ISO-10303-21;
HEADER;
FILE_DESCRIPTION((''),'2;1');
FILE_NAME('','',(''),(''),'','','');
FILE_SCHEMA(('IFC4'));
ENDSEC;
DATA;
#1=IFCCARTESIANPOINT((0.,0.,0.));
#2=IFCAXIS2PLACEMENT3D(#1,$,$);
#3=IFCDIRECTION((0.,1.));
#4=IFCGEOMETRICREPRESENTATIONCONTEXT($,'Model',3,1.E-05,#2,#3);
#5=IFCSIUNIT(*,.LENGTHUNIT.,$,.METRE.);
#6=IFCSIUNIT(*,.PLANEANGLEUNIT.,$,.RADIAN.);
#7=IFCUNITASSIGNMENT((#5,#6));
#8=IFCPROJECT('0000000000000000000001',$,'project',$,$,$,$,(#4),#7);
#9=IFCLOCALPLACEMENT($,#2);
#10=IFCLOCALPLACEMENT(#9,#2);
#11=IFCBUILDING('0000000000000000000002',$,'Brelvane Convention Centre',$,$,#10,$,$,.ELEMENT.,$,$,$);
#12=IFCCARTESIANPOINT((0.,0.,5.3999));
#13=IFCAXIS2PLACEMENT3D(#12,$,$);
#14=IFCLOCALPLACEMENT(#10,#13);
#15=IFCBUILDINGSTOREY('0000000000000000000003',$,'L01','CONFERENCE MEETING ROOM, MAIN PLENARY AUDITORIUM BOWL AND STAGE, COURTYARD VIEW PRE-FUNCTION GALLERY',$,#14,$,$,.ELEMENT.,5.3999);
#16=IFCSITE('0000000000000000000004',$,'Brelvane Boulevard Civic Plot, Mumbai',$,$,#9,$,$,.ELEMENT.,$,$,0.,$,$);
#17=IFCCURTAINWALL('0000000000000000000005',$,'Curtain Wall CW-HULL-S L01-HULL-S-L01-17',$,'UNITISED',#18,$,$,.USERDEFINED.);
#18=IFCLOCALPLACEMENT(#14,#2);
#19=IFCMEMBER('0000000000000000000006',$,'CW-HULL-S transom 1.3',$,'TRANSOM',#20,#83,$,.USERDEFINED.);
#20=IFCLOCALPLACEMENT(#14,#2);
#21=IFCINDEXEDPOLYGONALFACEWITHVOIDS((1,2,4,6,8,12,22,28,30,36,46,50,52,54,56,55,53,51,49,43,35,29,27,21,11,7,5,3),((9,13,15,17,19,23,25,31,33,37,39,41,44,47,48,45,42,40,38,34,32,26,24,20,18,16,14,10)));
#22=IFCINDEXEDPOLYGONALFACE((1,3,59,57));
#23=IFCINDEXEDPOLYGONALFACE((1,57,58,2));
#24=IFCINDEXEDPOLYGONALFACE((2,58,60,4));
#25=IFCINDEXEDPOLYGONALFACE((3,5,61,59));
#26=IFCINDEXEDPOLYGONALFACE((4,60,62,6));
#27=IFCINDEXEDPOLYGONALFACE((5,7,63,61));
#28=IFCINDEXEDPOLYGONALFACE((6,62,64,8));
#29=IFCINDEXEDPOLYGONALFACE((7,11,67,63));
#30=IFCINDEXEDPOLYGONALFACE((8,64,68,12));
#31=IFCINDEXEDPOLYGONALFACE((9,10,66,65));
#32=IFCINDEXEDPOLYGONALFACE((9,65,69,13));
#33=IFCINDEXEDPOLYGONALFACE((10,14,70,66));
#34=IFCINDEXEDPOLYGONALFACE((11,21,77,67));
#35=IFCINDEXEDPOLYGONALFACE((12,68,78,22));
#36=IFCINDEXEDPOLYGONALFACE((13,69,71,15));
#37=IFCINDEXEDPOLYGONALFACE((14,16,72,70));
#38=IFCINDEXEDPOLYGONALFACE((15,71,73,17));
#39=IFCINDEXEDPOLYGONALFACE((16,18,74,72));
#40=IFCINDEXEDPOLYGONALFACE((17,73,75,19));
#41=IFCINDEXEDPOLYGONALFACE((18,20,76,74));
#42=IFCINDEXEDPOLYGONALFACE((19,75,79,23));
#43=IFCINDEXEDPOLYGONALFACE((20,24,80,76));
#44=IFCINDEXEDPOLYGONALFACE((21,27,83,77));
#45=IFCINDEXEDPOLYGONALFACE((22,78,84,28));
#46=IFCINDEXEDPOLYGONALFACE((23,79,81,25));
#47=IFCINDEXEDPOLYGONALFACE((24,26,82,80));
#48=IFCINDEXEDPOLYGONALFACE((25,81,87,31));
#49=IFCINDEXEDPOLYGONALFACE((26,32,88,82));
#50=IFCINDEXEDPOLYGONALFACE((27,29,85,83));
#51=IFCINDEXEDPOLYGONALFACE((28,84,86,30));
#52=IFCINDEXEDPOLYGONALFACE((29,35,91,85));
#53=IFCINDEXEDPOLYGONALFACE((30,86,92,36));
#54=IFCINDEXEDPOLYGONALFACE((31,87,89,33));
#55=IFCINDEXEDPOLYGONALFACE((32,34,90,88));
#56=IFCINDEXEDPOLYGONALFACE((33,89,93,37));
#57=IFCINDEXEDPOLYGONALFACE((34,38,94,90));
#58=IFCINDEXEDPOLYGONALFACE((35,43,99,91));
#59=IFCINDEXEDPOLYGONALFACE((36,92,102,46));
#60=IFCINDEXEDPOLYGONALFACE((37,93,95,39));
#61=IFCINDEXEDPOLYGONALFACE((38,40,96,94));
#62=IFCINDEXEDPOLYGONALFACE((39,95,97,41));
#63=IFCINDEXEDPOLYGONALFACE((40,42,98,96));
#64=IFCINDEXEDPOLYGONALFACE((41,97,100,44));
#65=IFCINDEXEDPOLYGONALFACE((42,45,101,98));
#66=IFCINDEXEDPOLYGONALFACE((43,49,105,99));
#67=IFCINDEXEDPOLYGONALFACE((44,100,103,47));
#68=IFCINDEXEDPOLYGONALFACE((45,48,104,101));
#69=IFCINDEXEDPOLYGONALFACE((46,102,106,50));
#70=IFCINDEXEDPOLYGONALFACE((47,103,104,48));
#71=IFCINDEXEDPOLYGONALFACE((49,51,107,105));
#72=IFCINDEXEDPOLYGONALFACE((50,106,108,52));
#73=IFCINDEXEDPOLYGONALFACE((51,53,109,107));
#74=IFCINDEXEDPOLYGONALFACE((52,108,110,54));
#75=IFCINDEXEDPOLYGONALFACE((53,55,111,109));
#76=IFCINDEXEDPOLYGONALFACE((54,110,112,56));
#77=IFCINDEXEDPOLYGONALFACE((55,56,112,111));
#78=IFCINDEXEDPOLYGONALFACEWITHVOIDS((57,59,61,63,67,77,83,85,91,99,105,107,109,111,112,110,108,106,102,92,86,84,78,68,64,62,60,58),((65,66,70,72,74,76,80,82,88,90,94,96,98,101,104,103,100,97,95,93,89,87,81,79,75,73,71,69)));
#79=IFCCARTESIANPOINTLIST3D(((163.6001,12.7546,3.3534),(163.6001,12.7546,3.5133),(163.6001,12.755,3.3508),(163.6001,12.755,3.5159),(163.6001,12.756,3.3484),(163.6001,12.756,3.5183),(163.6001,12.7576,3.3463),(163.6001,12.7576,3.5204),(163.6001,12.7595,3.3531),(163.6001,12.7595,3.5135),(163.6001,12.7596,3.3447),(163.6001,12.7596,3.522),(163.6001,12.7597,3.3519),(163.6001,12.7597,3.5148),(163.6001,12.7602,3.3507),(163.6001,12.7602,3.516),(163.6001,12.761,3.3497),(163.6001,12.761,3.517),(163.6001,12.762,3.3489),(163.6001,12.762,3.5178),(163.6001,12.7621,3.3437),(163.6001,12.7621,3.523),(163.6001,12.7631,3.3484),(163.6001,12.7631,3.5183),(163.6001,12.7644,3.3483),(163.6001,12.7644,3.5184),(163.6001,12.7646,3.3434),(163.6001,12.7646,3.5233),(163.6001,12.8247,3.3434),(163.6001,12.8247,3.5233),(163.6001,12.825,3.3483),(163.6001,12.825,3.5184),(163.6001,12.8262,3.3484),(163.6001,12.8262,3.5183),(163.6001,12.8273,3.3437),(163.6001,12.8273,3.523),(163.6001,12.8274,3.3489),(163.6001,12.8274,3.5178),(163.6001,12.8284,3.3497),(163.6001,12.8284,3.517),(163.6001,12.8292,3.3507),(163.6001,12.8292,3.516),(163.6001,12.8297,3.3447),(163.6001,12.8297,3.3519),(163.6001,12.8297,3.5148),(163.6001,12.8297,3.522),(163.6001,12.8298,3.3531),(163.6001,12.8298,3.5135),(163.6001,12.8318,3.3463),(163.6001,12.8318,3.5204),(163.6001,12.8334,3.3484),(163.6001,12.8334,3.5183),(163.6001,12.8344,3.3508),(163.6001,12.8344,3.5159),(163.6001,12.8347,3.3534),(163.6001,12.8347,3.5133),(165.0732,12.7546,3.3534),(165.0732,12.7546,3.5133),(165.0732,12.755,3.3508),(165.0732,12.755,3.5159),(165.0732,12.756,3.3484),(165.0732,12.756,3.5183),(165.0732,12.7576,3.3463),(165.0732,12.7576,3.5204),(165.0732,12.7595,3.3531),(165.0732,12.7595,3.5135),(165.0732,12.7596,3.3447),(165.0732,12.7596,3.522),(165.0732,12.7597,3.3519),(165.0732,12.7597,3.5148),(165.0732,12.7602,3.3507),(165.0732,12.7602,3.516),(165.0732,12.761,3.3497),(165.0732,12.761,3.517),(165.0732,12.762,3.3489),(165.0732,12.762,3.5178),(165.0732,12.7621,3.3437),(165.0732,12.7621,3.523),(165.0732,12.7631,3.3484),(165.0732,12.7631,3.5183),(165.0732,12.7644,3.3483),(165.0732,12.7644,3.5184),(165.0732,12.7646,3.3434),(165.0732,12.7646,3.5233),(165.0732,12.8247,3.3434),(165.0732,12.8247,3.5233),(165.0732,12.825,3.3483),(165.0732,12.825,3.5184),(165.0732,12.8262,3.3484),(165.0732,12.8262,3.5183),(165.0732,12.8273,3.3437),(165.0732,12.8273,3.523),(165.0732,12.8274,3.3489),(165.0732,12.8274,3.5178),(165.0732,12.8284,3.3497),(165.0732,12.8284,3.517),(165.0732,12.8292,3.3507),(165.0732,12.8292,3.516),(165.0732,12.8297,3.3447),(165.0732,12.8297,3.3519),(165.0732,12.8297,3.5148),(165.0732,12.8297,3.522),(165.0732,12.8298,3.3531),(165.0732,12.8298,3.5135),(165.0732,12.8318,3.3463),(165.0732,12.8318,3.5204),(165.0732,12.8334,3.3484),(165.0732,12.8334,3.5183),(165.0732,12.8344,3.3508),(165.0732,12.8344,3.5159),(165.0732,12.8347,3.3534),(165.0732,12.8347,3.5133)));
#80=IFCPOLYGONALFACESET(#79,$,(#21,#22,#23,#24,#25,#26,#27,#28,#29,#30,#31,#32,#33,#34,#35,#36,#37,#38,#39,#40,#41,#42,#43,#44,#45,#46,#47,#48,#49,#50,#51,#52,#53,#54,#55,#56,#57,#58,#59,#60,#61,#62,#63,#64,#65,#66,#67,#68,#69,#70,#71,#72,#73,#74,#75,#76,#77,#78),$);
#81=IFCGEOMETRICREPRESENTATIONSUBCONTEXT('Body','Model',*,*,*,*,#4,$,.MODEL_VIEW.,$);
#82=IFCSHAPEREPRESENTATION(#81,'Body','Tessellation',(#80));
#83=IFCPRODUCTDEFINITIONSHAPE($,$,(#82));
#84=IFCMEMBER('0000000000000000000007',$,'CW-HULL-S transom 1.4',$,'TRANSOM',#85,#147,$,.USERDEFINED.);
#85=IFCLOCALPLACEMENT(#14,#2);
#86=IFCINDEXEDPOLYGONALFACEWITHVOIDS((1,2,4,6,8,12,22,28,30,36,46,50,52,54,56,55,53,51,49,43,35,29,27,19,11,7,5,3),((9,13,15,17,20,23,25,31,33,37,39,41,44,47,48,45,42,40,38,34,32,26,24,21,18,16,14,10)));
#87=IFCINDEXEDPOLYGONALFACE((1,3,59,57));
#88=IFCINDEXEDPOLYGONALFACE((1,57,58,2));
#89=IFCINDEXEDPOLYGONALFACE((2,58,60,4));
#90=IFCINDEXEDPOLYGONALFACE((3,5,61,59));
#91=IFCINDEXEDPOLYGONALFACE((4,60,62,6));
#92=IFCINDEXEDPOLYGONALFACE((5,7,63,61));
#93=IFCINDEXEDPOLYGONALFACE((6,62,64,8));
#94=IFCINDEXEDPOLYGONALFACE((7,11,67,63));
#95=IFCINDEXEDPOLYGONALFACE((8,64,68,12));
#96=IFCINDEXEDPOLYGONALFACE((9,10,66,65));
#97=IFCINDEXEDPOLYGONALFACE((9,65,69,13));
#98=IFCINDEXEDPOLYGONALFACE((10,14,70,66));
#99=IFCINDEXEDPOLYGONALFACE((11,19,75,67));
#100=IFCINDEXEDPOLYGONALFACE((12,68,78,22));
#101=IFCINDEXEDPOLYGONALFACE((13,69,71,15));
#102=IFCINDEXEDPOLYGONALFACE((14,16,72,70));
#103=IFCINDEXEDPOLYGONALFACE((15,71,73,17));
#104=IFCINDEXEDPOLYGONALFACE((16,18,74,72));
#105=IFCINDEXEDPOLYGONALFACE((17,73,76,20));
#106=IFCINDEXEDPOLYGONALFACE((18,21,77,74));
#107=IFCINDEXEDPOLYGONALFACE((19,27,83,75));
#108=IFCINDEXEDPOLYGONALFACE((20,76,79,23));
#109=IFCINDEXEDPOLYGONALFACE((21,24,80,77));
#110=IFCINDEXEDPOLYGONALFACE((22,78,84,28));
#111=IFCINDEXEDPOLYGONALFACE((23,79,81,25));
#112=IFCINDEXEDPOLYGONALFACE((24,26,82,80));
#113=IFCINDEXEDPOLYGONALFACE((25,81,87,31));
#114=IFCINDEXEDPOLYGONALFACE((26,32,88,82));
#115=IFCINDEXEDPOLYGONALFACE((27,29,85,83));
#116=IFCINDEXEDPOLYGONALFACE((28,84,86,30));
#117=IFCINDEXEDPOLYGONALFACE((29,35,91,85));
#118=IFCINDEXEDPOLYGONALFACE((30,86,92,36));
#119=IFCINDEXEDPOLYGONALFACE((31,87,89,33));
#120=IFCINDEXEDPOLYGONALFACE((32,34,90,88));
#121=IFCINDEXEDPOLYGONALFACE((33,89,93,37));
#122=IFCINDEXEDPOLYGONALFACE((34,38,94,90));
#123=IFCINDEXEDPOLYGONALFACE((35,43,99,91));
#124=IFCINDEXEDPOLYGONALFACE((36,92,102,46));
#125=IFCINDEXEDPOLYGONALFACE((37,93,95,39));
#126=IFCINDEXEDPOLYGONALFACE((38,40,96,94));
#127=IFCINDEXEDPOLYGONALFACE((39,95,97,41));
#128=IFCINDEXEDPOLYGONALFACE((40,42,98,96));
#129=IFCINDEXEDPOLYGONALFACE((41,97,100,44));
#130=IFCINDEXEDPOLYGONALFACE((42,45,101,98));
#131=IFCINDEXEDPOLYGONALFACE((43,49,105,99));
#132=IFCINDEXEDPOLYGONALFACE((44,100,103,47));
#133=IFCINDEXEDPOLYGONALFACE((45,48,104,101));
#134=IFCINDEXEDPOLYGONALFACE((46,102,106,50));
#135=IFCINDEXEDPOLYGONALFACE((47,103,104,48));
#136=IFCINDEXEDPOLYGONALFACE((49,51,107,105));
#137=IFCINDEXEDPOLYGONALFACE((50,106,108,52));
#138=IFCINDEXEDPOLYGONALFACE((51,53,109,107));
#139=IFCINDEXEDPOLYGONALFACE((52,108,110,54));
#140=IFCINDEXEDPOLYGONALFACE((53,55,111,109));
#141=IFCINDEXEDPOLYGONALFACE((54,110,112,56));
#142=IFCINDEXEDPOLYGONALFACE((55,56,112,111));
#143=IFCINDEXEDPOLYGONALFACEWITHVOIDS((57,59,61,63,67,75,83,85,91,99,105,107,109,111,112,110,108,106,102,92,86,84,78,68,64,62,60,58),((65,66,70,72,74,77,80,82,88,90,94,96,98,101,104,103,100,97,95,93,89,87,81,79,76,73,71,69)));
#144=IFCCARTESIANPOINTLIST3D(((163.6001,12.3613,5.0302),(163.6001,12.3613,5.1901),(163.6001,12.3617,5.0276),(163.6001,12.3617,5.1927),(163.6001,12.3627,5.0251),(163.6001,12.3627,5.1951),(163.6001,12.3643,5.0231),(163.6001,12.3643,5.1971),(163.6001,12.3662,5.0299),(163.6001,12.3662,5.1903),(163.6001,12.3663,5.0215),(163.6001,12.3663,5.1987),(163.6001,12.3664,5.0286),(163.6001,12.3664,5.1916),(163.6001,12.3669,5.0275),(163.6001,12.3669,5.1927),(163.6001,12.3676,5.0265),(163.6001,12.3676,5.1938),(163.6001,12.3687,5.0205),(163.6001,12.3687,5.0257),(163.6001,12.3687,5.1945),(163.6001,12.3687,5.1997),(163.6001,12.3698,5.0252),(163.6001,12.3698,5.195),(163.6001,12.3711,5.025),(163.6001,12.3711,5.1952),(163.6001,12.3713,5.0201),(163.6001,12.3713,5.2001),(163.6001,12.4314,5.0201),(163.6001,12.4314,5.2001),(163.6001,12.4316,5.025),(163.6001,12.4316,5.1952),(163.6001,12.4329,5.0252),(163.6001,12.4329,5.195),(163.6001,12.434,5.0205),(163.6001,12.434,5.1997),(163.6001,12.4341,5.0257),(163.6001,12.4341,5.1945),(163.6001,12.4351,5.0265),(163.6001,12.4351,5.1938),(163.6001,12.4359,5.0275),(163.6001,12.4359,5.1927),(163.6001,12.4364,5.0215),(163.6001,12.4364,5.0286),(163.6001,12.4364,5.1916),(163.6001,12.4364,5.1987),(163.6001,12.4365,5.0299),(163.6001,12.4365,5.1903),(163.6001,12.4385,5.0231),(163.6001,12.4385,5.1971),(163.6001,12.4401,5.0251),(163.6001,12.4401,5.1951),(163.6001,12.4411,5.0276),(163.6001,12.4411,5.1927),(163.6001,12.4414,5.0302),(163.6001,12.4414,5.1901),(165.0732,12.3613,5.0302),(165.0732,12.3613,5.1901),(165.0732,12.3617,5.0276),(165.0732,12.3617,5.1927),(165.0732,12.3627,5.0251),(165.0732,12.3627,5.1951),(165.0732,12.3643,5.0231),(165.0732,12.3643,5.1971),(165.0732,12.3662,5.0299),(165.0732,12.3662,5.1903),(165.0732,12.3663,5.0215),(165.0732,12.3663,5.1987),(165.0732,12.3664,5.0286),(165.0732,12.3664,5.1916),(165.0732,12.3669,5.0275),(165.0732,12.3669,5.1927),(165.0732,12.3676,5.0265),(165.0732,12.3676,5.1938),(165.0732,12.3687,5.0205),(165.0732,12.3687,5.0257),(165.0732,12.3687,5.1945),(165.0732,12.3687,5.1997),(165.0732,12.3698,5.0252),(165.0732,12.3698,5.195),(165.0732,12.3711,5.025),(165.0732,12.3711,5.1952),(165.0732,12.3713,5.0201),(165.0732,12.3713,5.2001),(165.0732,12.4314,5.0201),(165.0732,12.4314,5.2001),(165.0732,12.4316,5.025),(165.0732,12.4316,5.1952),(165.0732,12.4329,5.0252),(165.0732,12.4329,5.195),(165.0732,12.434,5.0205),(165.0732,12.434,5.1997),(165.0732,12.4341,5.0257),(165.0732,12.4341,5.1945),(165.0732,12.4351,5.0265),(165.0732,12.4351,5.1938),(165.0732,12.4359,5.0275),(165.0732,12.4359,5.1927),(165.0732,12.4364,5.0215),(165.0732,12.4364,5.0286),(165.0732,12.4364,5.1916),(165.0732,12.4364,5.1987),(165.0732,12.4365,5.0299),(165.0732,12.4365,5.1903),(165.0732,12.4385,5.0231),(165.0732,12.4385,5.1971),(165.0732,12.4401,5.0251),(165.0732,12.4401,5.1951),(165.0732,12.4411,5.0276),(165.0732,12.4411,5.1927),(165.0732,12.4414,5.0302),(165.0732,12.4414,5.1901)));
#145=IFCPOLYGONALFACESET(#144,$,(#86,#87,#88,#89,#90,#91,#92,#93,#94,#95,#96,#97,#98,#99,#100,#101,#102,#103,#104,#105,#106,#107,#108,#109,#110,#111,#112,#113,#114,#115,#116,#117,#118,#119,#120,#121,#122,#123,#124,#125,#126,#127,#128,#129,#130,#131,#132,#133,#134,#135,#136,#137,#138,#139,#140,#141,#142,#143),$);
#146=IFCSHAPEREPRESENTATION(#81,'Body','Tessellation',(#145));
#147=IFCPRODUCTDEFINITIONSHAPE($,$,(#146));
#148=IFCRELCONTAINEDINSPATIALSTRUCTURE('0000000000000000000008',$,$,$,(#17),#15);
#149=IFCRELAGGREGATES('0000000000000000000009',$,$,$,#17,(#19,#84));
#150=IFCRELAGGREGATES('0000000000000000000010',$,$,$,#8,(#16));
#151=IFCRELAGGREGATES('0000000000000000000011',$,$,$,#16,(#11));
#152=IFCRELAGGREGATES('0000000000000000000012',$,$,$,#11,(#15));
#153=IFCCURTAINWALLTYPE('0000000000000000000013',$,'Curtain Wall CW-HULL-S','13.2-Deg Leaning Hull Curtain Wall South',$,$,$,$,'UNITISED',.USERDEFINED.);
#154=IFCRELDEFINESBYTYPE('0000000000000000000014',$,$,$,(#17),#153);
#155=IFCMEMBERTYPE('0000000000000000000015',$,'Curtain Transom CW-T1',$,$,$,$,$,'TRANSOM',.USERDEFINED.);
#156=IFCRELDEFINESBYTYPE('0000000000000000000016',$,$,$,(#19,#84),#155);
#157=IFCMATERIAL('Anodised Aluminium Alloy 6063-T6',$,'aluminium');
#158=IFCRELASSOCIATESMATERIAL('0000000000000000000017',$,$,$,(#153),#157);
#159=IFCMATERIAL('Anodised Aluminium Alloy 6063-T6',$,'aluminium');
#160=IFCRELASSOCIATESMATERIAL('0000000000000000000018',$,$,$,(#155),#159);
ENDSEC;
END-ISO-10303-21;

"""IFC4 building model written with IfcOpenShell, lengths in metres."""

from ifc_helpers import new_model, si_unit, direction, frame, origin, origin_2d, place, context, subcontext, project, spatial, hollow_rectangle, extrude, material, material_profile, profile_set, type_object, element, aggregate, save


model = new_model("IFC4")

# Units and contexts
model_context = context("Model", 3, precision=1e-05, world=origin(), true_north=direction((0.0, 1.0)))
body_context = subcontext(model_context, "Body", "Model", "MODEL_VIEW")
ifc_project = project(units=[si_unit("LENGTHUNIT", "METRE"), si_unit("PLANEANGLEUNIT", "RADIAN")], contexts=[model_context])

# Site, building, storey
site_placement = place(None, origin())
site = spatial("IfcSite", under=ifc_project, at=site_placement, Name="Brelvane Boulevard Civic Plot, Mumbai", CompositionType="ELEMENT", RefElevation=0.0)
building_placement = place(site_placement, origin())
building = spatial("IfcBuilding", under=site, at=building_placement, Name="Brelvane Convention Centre", CompositionType="ELEMENT")
storey_placement = place(building_placement, frame((0.0, 0.0, 5.3999)))
storey = spatial("IfcBuildingStorey", under=building, at=storey_placement, Name="L01", Description="CONFERENCE MEETING ROOM, MAIN PLENARY AUDITORIUM BOWL AND STAGE, COURTYARD VIEW PRE-FUNCTION GALLERY", CompositionType="ELEMENT", Elevation=5.3999)

# Curtain wall, members
ifc_material_1 = material(Name="Anodised Aluminium Alloy 6063-T6", Category="aluminium")
curtain_wall_type = type_object("IfcCurtainWallType", Name="Curtain Wall CW-HULL-S", Description="13.2-Deg Leaning Hull Curtain Wall South", ElementType="UNITISED", PredefinedType="USERDEFINED", material=ifc_material_1)
ifc_material_2 = material(Name="Anodised Aluminium Alloy 6063-T6", Category="aluminium")
ifc_material_profile = material_profile(ifc_material_2, hollow_rectangle(XDim=0.0801, YDim=0.1799, WallThickness=0.0049, InnerFilletRadius=0.0049, OuterFilletRadius=0.01, at=origin_2d()), Name="ALU-T 180x80x5.0")
ifc_profile_set = profile_set([ifc_material_profile], Name="Anodised Aluminium Alloy 6063-T6")
member_type = type_object("IfcMemberType", Name="Curtain Transom CW-T1", ElementType="TRANSOM", PredefinedType="USERDEFINED", material=ifc_profile_set)
curtain_wall_1_placement = place(storey_placement, origin())
curtain_wall_1 = element("IfcCurtainWall", 1, at=curtain_wall_1_placement, inside=storey, type_object=curtain_wall_type, Name="Curtain Wall CW-HULL-S L01-HULL-S-L01-17", ObjectType="UNITISED", PredefinedType="USERDEFINED")
member_1_placement = place(storey_placement, frame((163.6001, 12.7947, 3.4333), z_axis=(1.0, 0.0, 0.0), x_axis=(0.0, 1.0, 0.0)))
member_1 = element("IfcMember", 2, at=member_1_placement, type_object=member_type, Name="CW-HULL-S transom 1.3", ObjectType="TRANSOM", PredefinedType="USERDEFINED", context=body_context, shape_type="SweptSolid", body=[
    extrude(hollow_rectangle(XDim=0.0801, YDim=0.1799, WallThickness=0.0049, InnerFilletRadius=0.0049, OuterFilletRadius=0.01, at=origin_2d()), origin(), (0.0, 0.0, 1.0), 1.4731),
])
member_2_placement = place(storey_placement, frame((163.6001, 12.4014, 5.1101), z_axis=(1.0, 0.0, 0.0), x_axis=(0.0, 1.0, 0.0)))
member_2 = element("IfcMember", 3, at=member_2_placement, type_object=member_type, Name="CW-HULL-S transom 1.4", ObjectType="TRANSOM", PredefinedType="USERDEFINED", context=body_context, shape_type="SweptSolid", body=[
    extrude(hollow_rectangle(XDim=0.0801, YDim=0.1799, WallThickness=0.0049, InnerFilletRadius=0.0049, OuterFilletRadius=0.01, at=origin_2d()), origin(), (0.0, 0.0, 1.0), 1.4731),
])

aggregate(curtain_wall_1, [member_1, member_2])

save(model, "model.ifc")
